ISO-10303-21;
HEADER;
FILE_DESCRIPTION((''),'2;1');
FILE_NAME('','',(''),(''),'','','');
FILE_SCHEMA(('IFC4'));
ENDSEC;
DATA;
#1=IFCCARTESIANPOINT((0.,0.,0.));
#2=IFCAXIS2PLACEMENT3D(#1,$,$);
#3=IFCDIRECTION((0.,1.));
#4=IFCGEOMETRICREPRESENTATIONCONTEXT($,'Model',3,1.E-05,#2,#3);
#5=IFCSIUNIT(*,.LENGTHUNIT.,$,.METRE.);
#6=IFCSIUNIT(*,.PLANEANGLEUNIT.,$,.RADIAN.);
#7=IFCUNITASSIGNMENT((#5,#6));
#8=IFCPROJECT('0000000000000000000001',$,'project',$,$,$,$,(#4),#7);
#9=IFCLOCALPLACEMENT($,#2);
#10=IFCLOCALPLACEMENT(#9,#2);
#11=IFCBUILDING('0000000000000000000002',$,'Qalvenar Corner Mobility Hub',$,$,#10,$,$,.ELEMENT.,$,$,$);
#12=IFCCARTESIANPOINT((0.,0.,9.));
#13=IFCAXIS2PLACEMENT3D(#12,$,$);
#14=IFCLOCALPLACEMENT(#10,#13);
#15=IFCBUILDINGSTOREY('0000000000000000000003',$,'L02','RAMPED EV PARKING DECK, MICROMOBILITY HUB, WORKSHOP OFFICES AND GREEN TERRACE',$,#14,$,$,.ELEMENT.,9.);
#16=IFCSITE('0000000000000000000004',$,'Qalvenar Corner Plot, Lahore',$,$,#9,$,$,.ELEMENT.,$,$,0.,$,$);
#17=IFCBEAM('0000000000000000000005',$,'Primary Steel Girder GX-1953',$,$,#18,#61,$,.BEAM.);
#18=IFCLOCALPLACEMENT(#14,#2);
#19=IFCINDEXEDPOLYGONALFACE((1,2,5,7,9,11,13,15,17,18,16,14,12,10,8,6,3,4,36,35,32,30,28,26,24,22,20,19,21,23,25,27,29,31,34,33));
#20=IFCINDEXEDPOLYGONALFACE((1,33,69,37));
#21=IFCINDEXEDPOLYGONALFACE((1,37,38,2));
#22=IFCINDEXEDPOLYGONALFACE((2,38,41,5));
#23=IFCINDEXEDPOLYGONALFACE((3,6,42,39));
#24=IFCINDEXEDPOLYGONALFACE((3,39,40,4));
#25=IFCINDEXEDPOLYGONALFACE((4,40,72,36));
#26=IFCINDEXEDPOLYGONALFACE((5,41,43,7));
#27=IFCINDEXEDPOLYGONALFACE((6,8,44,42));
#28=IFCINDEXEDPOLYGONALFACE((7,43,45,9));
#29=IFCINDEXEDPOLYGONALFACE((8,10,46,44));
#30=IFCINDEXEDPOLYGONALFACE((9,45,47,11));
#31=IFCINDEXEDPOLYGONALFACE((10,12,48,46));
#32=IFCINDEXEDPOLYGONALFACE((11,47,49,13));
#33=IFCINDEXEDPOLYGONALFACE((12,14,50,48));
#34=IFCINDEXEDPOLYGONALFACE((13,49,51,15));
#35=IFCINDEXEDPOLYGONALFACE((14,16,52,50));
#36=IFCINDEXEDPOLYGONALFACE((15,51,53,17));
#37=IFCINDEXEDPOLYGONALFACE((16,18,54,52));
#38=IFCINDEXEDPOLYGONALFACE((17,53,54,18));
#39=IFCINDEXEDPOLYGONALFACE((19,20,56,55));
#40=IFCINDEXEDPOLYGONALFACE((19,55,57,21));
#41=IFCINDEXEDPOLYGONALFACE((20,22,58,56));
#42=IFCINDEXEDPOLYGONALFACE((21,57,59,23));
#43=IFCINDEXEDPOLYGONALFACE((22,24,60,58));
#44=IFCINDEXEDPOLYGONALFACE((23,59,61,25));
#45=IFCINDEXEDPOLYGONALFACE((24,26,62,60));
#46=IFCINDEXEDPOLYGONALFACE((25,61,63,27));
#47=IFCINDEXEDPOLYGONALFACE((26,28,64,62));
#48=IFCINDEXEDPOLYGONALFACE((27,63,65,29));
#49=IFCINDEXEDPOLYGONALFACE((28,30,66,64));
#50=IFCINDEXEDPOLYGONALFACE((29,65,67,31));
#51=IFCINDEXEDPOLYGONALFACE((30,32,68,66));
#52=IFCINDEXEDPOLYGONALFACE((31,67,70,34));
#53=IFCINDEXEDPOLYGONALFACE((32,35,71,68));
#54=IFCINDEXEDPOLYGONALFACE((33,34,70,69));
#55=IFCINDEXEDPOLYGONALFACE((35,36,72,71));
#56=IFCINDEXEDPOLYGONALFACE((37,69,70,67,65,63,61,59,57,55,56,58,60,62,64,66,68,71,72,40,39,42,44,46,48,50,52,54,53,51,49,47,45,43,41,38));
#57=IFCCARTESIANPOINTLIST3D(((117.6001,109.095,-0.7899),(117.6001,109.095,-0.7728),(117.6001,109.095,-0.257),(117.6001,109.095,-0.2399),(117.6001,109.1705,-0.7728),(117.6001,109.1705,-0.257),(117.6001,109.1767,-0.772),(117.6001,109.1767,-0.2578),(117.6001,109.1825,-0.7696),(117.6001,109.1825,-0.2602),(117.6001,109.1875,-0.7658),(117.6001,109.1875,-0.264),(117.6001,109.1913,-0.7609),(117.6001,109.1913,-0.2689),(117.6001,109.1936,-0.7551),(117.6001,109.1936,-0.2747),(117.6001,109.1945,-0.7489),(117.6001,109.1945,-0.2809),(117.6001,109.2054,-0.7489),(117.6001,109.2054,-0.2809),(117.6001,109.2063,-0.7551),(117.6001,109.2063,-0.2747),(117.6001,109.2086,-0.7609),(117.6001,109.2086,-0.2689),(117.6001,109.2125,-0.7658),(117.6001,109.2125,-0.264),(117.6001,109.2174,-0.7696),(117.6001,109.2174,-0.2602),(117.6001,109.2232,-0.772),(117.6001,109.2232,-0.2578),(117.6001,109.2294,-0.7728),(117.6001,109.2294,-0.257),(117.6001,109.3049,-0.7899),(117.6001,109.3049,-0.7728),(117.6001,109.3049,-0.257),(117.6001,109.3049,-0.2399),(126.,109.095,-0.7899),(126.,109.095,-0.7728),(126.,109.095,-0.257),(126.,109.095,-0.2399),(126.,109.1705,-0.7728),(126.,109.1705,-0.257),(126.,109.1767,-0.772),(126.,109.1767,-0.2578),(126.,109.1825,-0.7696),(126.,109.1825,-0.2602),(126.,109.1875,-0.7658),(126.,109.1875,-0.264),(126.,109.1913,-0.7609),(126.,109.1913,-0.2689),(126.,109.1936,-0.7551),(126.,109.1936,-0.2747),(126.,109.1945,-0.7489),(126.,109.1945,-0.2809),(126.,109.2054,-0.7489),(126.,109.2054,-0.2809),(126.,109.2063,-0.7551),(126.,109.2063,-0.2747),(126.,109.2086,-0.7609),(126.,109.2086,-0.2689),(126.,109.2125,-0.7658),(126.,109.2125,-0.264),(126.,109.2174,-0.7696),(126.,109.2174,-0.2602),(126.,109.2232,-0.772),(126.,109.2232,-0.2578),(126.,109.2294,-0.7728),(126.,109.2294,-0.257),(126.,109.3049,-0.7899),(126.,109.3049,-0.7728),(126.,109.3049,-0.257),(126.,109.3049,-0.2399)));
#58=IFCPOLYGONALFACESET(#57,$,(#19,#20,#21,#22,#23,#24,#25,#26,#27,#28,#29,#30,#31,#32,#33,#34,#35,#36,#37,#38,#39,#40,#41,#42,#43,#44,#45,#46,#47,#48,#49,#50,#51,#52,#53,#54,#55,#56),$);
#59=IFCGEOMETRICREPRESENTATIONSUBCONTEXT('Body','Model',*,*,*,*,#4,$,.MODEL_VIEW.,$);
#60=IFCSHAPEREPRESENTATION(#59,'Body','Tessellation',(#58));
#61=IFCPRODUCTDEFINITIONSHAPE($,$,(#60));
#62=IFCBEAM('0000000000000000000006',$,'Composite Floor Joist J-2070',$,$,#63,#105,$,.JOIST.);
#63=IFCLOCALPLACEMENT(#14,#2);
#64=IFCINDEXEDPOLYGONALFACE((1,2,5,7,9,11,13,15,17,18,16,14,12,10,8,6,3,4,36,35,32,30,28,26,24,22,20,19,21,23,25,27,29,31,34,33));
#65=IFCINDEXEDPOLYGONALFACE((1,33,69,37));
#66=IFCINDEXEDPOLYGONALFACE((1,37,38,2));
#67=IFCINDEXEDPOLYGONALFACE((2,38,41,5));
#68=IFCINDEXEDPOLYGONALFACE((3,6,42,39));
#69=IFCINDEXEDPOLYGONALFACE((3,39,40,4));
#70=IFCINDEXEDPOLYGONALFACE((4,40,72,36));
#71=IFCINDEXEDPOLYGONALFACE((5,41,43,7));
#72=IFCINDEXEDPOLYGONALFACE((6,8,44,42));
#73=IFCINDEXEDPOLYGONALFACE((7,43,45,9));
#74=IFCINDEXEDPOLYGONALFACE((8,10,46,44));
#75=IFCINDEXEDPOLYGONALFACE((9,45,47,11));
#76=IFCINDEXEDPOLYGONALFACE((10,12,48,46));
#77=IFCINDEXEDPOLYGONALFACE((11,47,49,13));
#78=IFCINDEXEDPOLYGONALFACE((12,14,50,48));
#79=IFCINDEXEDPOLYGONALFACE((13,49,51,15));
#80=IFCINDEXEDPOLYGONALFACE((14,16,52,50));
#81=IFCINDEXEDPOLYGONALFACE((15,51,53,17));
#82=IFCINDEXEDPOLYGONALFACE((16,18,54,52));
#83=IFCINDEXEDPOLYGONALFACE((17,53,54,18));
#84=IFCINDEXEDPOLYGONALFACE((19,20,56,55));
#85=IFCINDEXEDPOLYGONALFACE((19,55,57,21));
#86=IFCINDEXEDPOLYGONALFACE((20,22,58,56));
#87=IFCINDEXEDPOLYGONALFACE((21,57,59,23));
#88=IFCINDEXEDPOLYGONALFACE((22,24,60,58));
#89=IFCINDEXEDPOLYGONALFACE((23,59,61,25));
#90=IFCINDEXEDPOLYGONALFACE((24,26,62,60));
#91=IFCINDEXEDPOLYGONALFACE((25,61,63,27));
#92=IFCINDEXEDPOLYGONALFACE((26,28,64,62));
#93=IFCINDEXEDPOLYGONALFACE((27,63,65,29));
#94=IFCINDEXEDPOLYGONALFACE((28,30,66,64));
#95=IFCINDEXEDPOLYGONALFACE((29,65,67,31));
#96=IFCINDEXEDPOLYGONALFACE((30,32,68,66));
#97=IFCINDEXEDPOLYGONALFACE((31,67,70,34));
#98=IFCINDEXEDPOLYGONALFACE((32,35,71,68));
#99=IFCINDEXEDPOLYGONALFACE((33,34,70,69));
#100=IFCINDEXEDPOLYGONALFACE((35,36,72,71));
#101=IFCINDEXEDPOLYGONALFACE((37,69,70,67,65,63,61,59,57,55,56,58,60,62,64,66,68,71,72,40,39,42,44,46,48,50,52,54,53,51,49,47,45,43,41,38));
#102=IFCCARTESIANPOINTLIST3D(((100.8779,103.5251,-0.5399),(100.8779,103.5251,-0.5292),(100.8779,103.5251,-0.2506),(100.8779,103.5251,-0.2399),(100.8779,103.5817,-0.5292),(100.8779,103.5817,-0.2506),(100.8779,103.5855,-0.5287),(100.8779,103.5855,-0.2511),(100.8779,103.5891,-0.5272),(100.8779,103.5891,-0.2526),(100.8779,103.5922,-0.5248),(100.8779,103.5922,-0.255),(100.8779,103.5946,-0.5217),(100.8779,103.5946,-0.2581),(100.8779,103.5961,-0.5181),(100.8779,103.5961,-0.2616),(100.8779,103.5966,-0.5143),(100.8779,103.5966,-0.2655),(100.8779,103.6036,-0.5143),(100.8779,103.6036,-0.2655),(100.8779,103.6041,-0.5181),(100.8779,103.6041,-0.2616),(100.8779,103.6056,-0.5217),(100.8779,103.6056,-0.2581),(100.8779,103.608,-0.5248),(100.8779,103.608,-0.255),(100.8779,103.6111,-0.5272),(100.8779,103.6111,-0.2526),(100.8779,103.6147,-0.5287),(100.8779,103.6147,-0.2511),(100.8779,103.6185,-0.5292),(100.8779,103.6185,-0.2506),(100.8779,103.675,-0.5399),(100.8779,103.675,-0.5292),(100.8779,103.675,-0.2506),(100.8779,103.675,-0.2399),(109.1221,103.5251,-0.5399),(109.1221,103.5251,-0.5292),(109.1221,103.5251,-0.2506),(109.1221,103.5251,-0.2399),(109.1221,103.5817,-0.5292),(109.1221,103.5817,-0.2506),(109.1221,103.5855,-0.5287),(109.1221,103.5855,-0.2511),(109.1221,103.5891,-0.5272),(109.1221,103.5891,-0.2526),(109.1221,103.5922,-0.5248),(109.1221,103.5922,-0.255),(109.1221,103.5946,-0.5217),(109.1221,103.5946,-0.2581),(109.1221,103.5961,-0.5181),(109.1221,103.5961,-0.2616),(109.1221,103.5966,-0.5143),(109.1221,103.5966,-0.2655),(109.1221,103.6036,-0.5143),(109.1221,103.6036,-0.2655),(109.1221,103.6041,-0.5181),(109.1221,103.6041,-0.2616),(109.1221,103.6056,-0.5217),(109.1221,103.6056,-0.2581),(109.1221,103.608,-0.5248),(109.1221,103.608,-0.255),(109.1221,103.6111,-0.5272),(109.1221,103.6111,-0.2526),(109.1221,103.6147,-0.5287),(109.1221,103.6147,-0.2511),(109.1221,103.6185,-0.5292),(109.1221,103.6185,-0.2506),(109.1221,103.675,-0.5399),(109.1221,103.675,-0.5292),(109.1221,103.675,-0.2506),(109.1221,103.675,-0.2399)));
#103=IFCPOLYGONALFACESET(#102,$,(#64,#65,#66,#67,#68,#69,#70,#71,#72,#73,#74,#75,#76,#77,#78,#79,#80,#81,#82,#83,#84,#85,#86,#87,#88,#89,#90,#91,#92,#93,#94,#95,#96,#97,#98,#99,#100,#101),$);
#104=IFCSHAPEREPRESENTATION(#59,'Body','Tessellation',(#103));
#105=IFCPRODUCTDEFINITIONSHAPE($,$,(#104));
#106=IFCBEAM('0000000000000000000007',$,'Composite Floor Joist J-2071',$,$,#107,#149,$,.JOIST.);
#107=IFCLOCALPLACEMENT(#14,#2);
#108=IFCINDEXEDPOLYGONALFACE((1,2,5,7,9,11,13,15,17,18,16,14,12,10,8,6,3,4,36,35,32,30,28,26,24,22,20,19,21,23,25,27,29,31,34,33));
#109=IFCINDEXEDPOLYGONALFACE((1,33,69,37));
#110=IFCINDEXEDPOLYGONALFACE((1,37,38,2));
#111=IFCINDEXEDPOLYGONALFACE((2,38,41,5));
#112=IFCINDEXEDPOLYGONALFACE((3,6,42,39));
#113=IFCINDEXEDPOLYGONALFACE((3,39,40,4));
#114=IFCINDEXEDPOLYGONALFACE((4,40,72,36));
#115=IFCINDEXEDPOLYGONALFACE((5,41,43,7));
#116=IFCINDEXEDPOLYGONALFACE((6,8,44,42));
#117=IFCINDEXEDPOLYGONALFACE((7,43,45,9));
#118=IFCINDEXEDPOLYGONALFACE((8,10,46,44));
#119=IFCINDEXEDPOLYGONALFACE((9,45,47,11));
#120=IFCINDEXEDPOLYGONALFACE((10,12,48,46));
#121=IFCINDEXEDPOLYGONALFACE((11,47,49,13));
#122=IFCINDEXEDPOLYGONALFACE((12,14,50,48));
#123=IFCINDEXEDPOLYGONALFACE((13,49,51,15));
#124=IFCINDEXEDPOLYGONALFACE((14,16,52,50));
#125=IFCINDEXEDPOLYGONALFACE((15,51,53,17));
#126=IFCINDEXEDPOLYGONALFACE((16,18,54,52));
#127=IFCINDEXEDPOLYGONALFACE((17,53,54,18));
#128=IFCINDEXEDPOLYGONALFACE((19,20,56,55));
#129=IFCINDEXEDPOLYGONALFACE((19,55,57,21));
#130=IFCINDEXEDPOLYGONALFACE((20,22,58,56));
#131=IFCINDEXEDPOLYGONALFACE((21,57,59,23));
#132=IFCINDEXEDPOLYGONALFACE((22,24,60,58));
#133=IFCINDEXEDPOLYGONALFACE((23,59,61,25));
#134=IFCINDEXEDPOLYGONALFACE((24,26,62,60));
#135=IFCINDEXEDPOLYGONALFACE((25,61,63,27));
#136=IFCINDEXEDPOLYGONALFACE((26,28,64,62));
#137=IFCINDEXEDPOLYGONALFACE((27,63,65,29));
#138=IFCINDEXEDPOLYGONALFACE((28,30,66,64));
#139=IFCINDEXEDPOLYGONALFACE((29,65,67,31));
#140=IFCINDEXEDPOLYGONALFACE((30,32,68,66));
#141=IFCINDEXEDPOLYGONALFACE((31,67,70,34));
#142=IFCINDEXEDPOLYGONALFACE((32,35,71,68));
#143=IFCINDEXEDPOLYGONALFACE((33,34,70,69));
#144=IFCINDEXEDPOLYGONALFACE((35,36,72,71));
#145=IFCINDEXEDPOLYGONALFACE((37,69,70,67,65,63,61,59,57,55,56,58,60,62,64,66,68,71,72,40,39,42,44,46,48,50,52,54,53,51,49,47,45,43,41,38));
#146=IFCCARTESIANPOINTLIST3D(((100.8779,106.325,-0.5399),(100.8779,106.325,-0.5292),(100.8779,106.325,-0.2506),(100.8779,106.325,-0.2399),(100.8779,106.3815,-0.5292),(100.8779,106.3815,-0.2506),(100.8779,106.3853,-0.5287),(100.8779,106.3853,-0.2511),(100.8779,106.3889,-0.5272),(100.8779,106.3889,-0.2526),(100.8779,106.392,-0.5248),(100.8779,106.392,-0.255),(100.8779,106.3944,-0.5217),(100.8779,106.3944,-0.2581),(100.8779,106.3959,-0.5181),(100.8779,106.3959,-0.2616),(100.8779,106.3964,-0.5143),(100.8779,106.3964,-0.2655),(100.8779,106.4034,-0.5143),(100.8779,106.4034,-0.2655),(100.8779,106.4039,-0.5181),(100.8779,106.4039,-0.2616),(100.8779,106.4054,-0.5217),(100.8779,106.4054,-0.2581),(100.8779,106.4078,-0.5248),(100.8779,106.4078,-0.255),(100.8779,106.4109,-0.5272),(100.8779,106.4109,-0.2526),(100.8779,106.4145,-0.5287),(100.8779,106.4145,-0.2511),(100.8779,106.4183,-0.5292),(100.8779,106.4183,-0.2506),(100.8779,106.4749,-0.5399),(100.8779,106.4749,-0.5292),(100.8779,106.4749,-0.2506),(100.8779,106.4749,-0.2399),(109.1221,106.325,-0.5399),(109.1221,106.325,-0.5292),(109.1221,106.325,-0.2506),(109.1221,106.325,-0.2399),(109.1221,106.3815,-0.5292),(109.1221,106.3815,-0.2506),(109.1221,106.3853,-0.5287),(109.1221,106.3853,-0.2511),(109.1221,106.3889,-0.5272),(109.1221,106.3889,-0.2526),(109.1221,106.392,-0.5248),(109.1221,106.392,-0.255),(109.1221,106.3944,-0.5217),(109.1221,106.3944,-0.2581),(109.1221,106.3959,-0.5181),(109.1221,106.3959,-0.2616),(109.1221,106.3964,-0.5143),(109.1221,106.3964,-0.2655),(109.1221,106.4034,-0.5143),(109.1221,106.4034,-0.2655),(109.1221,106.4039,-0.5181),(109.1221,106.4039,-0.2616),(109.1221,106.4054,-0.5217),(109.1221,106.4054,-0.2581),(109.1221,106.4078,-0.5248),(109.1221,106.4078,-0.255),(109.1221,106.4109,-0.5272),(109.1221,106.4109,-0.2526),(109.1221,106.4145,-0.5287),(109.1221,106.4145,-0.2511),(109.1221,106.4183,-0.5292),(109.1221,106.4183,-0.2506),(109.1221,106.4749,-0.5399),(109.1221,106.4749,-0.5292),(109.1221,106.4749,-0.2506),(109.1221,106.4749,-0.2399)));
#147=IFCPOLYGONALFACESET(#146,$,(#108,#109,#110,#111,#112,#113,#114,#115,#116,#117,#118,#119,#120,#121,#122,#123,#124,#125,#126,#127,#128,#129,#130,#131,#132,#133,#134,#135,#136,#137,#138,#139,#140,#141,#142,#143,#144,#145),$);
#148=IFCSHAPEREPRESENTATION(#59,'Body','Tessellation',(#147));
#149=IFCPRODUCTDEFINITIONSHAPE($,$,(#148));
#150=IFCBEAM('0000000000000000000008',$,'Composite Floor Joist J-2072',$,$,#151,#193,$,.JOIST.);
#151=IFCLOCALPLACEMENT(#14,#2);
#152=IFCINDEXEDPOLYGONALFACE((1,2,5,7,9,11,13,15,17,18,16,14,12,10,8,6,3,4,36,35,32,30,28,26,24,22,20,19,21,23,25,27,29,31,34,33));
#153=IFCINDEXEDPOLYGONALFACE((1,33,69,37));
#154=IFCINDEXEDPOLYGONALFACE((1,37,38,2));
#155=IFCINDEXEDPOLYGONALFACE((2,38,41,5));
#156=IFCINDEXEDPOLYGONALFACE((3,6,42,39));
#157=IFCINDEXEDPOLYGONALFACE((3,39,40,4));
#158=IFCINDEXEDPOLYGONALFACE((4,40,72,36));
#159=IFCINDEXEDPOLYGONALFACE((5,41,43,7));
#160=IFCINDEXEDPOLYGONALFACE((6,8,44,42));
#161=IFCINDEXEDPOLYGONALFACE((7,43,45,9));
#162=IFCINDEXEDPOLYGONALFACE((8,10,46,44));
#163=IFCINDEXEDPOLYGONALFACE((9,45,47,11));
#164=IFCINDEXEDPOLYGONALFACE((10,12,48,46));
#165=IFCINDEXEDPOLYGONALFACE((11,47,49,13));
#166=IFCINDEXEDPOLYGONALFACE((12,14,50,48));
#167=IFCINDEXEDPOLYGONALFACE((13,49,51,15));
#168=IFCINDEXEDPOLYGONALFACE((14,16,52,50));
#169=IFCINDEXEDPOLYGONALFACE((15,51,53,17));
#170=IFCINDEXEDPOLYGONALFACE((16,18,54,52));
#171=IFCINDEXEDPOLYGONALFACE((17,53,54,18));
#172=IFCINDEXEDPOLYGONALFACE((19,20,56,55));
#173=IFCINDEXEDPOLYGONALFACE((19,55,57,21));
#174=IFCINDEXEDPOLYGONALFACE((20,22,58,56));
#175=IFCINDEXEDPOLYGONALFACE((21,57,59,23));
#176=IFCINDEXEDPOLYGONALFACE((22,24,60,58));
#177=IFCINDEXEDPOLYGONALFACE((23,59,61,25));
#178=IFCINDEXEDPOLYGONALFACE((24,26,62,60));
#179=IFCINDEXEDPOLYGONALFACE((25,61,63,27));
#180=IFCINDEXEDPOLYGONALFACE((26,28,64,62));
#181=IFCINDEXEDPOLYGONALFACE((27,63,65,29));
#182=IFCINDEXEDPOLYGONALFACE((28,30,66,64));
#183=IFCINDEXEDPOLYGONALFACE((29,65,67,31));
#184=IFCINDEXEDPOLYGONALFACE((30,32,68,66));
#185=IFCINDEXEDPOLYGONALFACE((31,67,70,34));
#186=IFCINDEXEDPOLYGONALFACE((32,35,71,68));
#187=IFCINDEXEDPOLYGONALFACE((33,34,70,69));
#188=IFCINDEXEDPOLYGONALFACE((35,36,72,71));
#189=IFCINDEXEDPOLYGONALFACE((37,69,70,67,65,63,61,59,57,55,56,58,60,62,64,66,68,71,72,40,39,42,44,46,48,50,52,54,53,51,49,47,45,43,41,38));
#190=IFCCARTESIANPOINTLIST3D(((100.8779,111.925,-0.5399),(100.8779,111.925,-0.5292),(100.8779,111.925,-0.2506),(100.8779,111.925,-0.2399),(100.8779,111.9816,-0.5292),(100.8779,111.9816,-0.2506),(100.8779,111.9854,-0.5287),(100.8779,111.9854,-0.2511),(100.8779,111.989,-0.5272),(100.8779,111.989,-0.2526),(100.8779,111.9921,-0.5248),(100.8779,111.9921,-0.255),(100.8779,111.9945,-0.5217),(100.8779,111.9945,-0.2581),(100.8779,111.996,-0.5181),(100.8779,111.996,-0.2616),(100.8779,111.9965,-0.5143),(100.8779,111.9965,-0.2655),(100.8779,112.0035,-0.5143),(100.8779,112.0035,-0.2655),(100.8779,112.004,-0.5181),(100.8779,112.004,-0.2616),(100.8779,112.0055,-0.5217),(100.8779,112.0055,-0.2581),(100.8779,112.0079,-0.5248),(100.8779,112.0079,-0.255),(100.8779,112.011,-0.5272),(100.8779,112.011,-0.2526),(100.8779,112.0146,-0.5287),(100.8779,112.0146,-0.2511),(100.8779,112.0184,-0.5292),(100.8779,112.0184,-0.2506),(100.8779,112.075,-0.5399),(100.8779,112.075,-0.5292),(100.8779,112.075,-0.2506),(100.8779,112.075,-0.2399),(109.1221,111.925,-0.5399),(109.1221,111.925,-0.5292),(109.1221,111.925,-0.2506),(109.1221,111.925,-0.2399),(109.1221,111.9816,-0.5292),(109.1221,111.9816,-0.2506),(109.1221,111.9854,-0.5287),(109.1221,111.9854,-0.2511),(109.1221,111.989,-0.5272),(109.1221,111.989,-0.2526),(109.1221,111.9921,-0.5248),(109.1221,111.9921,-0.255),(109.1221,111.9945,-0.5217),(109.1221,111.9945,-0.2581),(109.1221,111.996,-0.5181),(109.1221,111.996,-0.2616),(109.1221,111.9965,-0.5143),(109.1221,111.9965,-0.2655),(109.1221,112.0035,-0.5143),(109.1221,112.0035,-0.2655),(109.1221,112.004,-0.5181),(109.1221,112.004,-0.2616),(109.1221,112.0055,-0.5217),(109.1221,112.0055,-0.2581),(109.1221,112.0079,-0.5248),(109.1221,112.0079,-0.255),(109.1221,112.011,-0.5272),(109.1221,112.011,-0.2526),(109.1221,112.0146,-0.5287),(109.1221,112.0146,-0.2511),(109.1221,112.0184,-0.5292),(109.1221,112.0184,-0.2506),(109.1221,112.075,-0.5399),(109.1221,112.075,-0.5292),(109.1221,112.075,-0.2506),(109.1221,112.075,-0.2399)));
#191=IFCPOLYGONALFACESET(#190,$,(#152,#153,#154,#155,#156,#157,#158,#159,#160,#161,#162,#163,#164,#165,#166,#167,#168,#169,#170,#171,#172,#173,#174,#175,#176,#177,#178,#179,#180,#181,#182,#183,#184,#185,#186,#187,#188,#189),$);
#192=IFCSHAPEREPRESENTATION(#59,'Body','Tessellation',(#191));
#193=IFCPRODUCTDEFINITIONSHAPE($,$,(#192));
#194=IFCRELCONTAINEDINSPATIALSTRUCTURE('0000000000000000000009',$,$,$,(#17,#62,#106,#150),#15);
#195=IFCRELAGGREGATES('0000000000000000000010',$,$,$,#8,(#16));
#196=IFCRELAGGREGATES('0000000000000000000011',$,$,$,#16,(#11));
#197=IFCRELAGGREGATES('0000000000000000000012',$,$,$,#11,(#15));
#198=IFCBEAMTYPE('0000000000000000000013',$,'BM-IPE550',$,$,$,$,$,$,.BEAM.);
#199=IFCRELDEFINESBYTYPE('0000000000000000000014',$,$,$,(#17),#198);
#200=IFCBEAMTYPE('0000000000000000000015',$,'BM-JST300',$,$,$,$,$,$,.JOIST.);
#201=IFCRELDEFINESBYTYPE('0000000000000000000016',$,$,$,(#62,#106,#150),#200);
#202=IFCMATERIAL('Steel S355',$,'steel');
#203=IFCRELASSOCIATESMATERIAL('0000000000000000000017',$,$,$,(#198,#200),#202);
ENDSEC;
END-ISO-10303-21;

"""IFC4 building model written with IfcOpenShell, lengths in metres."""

from ifc_helpers import new_model, si_unit, direction, frame, origin, origin_2d, place, context, subcontext, project, spatial, i_section, extrude, material, material_profile, profile_set, type_object, element, save


model = new_model("IFC4")

# Units and contexts
model_context = context("Model", 3, precision=1e-05, world=origin(), true_north=direction((0.0, 1.0)))
body_context = subcontext(model_context, "Body", "Model", "MODEL_VIEW")
ifc_project = project(units=[si_unit("LENGTHUNIT", "METRE"), si_unit("PLANEANGLEUNIT", "RADIAN")], contexts=[model_context])

# Site, building, storey
site_placement = place(None, origin())
site = spatial("IfcSite", under=ifc_project, at=site_placement, Name="Qalvenar Corner Plot, Lahore", CompositionType="ELEMENT", RefElevation=0.0)
building_placement = place(site_placement, origin())
building = spatial("IfcBuilding", under=site, at=building_placement, Name="Qalvenar Corner Mobility Hub", CompositionType="ELEMENT")
storey_placement = place(building_placement, frame((0.0, 0.0, 9.0)))
storey = spatial("IfcBuildingStorey", under=building, at=storey_placement, Name="L02", Description="RAMPED EV PARKING DECK, MICROMOBILITY HUB, WORKSHOP OFFICES AND GREEN TERRACE", CompositionType="ELEMENT", Elevation=9.0)

# Shared definitions
ifc_material = material(Name="Steel S355", Category="steel")

# Beams
ifc_material_profile_1 = material_profile(ifc_material, i_section(OverallWidth=0.21, OverallDepth=0.55, WebThickness=0.011, FlangeThickness=0.0171, FilletRadius=0.0239, at=origin_2d()), Name="IPE550")
ifc_profile_set_1 = profile_set([ifc_material_profile_1], Name="Steel S355")
beam_type_1 = type_object("IfcBeamType", Name="BM-IPE550", PredefinedType="BEAM", material=ifc_profile_set_1)
beam_1_placement = place(storey_placement, frame((117.6001, 109.2, -0.5149), z_axis=(1.0, 0.0, 0.0), x_axis=(0.0, 1.0, 0.0)))
element("IfcBeam", 1, at=beam_1_placement, inside=storey, type_object=beam_type_1, Name="Primary Steel Girder GX-1953", PredefinedType="BEAM", context=body_context, shape_type="SweptSolid", body=[
    extrude(i_section(OverallWidth=0.21, OverallDepth=0.55, WebThickness=0.011, FlangeThickness=0.0171, FilletRadius=0.0239, at=origin_2d()), origin(), (0.0, 0.0, 1.0), 8.3999),
])
ifc_material_profile_2 = material_profile(ifc_material, i_section(OverallWidth=0.1499, OverallDepth=0.3, WebThickness=0.0071, FlangeThickness=0.0107, FilletRadius=0.0149, at=origin_2d()), Name="IPE300")
ifc_profile_set_2 = profile_set([ifc_material_profile_2], Name="Steel S355")
beam_type_2 = type_object("IfcBeamType", Name="BM-JST300", PredefinedType="JOIST", material=ifc_profile_set_2)
for number, where, z_axis, x_axis, name in (
    (2, (100.8779, 103.6001, -0.3899), (1.0, 0.0, 0.0), (0.0, 1.0, 0.0), "Composite Floor Joist J-2070"),
    (3, (100.8779, 106.3999, -0.3899), (1.0, 0.0, 0.0), (0.0, 1.0, 0.0), "Composite Floor Joist J-2071"),
    (4, (100.8779, 112.0, -0.3899), (1.0, 0.0, 0.0), (0.0, 1.0, 0.0), "Composite Floor Joist J-2072"),
):
    element("IfcBeam", number, at=place(storey_placement, frame(where, z_axis=z_axis, x_axis=x_axis)), inside=storey, type_object=beam_type_2, Name=name, PredefinedType="JOIST", context=body_context, shape_type="SweptSolid", body=[
        extrude(i_section(OverallWidth=0.1499, OverallDepth=0.3, WebThickness=0.0071, FlangeThickness=0.0107, FilletRadius=0.0149, at=origin_2d()), origin(), (0.0, 0.0, 1.0), 8.2441),
    ])

save(model, "model.ifc")
